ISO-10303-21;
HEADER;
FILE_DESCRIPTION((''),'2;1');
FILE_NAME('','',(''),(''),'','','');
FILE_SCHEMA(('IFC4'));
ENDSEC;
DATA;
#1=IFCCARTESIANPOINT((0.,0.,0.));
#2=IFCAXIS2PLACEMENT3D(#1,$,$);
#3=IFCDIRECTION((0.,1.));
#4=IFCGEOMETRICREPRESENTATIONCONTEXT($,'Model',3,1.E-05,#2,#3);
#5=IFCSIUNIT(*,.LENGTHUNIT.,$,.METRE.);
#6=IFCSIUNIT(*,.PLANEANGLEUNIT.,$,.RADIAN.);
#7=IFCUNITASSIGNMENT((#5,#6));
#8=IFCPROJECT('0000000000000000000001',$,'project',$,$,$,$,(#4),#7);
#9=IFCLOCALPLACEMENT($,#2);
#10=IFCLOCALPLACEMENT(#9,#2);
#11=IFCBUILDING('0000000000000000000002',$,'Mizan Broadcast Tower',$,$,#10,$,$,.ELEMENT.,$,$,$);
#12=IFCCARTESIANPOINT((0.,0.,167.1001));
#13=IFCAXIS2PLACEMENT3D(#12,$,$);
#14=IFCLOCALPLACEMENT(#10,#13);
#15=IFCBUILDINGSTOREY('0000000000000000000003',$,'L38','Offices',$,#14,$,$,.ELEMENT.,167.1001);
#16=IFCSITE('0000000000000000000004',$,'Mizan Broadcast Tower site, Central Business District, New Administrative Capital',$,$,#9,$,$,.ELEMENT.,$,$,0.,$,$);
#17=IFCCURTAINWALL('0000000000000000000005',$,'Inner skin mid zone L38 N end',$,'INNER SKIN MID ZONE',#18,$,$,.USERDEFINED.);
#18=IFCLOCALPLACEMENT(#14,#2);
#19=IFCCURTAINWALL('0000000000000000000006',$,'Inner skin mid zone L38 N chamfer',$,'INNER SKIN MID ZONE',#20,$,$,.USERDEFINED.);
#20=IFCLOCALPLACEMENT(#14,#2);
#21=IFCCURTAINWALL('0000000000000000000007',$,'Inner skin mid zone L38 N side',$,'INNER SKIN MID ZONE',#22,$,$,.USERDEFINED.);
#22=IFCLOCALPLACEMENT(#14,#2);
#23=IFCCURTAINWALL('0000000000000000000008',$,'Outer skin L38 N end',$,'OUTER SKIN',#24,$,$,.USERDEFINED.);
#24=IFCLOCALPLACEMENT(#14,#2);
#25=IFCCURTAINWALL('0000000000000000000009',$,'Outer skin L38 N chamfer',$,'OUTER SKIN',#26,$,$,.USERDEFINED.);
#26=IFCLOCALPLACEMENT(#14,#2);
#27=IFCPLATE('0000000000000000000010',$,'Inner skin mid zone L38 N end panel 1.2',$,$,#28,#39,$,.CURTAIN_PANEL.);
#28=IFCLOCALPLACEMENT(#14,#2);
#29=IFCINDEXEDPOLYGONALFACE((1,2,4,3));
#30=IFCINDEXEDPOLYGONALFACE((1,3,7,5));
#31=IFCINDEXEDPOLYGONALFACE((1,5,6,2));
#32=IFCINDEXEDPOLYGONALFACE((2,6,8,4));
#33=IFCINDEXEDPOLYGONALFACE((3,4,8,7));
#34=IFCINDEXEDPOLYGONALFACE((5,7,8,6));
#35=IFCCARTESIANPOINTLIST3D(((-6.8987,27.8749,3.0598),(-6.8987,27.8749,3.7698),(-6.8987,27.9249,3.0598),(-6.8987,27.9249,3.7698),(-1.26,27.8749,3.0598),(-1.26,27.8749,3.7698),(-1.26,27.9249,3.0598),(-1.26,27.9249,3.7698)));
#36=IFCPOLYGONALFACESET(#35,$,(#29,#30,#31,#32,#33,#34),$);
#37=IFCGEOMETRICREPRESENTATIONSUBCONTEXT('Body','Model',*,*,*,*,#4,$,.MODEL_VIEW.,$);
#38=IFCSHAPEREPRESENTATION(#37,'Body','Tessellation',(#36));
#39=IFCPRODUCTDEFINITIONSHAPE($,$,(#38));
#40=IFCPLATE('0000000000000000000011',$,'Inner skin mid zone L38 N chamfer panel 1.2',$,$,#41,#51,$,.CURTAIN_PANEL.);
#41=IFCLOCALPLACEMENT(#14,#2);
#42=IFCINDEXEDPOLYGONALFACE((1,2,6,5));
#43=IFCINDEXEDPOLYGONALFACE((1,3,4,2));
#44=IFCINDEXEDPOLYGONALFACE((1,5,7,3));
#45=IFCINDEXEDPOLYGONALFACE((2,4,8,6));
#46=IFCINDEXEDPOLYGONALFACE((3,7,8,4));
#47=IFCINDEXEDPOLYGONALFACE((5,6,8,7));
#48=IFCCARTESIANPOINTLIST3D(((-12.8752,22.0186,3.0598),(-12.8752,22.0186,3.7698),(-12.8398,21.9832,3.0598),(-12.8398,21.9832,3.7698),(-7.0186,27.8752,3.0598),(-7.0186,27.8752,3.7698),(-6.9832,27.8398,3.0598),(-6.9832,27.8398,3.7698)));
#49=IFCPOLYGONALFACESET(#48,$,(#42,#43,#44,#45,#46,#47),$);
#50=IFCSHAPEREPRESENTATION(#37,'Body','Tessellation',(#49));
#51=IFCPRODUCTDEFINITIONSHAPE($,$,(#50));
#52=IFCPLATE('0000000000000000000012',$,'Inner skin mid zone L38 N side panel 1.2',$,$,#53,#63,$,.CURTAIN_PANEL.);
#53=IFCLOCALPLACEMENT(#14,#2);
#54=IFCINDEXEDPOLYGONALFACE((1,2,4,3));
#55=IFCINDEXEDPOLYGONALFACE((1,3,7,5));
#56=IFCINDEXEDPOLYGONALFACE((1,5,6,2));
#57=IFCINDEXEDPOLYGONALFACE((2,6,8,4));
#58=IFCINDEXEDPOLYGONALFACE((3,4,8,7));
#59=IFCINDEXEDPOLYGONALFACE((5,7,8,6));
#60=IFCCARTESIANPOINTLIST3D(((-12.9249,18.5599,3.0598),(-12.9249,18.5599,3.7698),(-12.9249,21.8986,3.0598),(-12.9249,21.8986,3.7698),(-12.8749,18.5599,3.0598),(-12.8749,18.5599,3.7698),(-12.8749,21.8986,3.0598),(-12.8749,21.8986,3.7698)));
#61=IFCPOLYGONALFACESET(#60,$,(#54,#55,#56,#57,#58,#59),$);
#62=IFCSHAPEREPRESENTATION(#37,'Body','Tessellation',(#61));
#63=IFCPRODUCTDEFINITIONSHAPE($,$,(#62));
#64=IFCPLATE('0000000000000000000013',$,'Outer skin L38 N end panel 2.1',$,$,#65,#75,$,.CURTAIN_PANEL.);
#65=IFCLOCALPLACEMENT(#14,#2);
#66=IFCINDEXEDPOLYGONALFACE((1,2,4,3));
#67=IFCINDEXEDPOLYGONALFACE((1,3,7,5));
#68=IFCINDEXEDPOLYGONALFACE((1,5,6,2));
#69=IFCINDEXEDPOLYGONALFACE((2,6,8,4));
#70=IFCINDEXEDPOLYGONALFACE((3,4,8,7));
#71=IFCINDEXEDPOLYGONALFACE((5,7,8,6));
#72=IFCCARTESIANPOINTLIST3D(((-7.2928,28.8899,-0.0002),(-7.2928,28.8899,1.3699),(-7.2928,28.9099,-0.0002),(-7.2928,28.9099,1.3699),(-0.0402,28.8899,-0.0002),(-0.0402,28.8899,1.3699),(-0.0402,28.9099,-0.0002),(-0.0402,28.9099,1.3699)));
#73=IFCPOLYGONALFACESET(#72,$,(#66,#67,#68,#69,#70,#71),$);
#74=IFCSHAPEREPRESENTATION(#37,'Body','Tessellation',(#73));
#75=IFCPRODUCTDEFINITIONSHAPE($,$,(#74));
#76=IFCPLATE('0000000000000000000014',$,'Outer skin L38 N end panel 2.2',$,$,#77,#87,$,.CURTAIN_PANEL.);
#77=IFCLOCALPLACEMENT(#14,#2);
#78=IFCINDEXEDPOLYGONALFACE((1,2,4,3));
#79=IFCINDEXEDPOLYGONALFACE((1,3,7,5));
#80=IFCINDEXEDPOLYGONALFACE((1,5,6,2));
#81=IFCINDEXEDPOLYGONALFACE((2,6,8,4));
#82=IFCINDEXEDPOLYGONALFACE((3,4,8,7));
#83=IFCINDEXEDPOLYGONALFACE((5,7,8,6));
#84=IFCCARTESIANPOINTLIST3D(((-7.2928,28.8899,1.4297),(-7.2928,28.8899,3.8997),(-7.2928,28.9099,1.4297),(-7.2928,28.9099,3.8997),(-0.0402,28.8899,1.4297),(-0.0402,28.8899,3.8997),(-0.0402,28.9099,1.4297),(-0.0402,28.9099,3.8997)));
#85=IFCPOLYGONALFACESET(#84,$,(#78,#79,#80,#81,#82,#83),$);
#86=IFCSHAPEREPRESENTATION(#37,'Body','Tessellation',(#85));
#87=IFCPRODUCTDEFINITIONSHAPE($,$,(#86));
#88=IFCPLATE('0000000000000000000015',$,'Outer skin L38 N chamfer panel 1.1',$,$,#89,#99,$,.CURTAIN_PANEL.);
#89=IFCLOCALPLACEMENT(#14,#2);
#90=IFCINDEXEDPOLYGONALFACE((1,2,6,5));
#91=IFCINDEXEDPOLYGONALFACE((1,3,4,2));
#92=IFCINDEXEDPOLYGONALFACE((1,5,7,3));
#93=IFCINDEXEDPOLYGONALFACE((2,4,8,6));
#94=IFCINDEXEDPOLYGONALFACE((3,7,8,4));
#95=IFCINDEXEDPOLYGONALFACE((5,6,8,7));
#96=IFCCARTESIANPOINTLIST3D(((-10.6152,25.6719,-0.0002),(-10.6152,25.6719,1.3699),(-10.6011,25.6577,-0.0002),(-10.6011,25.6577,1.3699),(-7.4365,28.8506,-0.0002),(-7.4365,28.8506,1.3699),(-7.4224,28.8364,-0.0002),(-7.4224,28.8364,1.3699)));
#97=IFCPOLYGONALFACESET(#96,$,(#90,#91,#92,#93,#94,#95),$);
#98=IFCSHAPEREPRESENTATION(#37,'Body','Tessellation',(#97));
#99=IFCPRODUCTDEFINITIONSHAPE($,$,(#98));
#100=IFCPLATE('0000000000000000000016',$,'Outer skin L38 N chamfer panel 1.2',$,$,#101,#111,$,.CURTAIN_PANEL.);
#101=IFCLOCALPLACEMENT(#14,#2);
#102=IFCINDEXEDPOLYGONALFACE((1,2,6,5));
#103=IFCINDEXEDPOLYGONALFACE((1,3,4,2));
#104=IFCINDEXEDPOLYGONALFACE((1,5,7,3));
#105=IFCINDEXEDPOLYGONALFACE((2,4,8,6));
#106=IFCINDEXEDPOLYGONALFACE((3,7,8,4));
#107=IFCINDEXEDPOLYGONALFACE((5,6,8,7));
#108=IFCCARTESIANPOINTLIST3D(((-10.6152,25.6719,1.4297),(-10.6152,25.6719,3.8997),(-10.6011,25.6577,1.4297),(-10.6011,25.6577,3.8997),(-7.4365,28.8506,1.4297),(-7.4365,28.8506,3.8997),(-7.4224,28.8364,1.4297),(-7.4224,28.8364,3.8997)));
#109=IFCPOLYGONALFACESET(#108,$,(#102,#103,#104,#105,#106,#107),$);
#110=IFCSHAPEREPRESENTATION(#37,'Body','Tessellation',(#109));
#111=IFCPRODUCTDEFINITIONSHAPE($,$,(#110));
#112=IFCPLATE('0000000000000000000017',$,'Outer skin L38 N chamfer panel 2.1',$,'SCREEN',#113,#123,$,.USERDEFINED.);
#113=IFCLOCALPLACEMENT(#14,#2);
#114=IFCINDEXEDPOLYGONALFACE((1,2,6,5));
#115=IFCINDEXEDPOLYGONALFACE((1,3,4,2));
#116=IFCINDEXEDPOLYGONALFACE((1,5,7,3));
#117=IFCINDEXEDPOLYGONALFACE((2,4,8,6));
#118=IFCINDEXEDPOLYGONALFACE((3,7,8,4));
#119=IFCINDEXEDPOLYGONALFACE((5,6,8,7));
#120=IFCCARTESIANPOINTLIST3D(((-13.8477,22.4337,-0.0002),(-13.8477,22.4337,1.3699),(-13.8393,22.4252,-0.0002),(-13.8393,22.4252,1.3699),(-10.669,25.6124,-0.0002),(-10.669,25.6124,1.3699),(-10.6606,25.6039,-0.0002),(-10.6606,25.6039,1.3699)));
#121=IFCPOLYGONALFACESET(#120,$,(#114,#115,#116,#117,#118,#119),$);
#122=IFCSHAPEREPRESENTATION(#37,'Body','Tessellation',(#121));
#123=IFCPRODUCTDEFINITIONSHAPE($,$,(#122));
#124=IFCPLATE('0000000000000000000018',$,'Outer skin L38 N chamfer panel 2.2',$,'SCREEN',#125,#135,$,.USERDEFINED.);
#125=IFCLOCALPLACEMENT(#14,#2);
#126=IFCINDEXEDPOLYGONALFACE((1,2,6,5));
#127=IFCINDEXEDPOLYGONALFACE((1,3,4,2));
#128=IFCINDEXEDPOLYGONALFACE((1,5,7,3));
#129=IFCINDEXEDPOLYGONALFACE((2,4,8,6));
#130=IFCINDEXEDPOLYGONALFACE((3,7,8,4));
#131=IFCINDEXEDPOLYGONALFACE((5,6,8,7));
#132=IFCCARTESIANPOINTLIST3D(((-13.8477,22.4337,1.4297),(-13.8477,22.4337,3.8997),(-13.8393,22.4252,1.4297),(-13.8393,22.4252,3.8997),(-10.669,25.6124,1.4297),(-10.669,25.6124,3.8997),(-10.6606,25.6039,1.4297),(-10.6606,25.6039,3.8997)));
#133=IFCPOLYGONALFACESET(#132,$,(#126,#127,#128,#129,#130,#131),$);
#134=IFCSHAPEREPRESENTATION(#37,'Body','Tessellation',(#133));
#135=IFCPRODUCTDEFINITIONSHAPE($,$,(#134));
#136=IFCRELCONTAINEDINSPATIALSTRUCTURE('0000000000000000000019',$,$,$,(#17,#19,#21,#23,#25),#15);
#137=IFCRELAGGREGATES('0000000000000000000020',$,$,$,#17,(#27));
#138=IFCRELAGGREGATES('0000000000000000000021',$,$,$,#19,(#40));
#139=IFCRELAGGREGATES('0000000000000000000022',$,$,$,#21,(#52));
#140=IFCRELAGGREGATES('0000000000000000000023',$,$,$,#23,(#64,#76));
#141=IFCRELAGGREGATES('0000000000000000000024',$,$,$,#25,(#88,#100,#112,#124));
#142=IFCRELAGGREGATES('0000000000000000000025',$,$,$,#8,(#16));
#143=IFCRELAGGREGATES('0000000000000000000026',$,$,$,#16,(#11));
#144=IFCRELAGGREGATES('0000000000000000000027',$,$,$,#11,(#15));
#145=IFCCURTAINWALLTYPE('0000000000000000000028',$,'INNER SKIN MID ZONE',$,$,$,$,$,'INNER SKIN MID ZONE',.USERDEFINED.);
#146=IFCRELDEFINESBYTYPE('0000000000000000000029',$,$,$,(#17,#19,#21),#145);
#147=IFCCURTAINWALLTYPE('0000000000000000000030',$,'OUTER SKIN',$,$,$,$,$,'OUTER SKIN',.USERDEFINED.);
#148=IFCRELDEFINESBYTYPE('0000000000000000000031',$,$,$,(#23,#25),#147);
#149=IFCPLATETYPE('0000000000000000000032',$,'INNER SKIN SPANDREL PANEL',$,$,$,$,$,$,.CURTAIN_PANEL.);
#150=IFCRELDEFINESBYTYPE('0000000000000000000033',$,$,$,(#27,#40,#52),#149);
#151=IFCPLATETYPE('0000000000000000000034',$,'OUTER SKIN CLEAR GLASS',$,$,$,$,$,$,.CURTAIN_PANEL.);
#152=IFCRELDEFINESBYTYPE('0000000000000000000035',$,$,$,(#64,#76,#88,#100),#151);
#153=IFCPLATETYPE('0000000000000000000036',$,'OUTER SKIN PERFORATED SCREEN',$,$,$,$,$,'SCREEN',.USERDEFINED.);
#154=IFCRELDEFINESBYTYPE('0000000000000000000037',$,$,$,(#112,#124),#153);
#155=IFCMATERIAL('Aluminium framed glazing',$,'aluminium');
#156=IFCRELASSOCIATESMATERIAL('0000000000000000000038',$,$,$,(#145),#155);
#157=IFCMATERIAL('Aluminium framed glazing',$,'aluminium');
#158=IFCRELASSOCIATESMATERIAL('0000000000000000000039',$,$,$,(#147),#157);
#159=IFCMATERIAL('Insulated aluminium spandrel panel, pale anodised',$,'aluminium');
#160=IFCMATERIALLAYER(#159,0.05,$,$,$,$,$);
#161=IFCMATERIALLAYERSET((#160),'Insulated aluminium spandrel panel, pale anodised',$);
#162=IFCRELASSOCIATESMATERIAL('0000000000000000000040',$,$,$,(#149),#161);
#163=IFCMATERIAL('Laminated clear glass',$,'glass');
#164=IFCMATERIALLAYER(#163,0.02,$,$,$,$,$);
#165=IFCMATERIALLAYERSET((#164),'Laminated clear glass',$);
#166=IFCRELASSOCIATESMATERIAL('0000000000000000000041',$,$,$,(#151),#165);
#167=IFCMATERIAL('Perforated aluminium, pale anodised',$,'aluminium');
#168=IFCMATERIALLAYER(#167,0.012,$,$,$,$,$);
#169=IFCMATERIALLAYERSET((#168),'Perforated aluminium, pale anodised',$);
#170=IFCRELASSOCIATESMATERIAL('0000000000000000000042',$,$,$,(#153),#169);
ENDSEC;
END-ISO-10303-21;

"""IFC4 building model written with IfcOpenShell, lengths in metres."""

from ifc_helpers import new_model, si_unit, direction, frame, origin, origin_2d, place, context, subcontext, project, spatial, rectangle, extrude, material, layer, layer_set, type_object, element, aggregate, save


model = new_model("IFC4")

# Units and contexts
model_context = context("Model", 3, precision=1e-05, world=origin(), true_north=direction((0.0, 1.0)))
body_context = subcontext(model_context, "Body", "Model", "MODEL_VIEW")
ifc_project = project(units=[si_unit("LENGTHUNIT", "METRE"), si_unit("PLANEANGLEUNIT", "RADIAN")], contexts=[model_context])

# Site, building, storey
site_placement = place(None, origin())
site = spatial("IfcSite", under=ifc_project, at=site_placement, Name="Mizan Broadcast Tower site, Central Business District, New Administrative Capital", CompositionType="ELEMENT", RefElevation=0.0)
building_placement = place(site_placement, origin())
building = spatial("IfcBuilding", under=site, at=building_placement, Name="Mizan Broadcast Tower", CompositionType="ELEMENT")
storey_placement = place(building_placement, frame((0.0, 0.0, 167.1001)))
storey = spatial("IfcBuildingStorey", under=building, at=storey_placement, Name="L38", Description="Offices", CompositionType="ELEMENT", Elevation=167.1001)

# Curtain wall
ifc_material_1 = material(Name="Aluminium framed glazing", Category="aluminium")
curtain_wall_type_1 = type_object("IfcCurtainWallType", Name="INNER SKIN MID ZONE", ElementType="INNER SKIN MID ZONE", PredefinedType="USERDEFINED", material=ifc_material_1)
curtain_wall_1_placement = place(storey_placement, origin())
curtain_wall_1 = element("IfcCurtainWall", 1, at=curtain_wall_1_placement, inside=storey, type_object=curtain_wall_type_1, Name="Inner skin mid zone L38 N end", ObjectType="INNER SKIN MID ZONE", PredefinedType="USERDEFINED")

# Curtain wall
curtain_wall_2_placement = place(storey_placement, origin())
curtain_wall_2 = element("IfcCurtainWall", 2, at=curtain_wall_2_placement, inside=storey, type_object=curtain_wall_type_1, Name="Inner skin mid zone L38 N chamfer", ObjectType="INNER SKIN MID ZONE", PredefinedType="USERDEFINED")

# Curtain walls
curtain_wall_3_placement = place(storey_placement, origin())
curtain_wall_3 = element("IfcCurtainWall", 3, at=curtain_wall_3_placement, inside=storey, type_object=curtain_wall_type_1, Name="Inner skin mid zone L38 N side", ObjectType="INNER SKIN MID ZONE", PredefinedType="USERDEFINED")
ifc_material_2 = material(Name="Aluminium framed glazing", Category="aluminium")
curtain_wall_type_2 = type_object("IfcCurtainWallType", Name="OUTER SKIN", ElementType="OUTER SKIN", PredefinedType="USERDEFINED", material=ifc_material_2)
curtain_wall_4_placement = place(storey_placement, origin())
curtain_wall_4 = element("IfcCurtainWall", 4, at=curtain_wall_4_placement, inside=storey, type_object=curtain_wall_type_2, Name="Outer skin L38 N end", ObjectType="OUTER SKIN", PredefinedType="USERDEFINED")
curtain_wall_5_placement = place(storey_placement, origin())
curtain_wall_5 = element("IfcCurtainWall", 5, at=curtain_wall_5_placement, inside=storey, type_object=curtain_wall_type_2, Name="Outer skin L38 N chamfer", ObjectType="OUTER SKIN", PredefinedType="USERDEFINED")

# Plates
ifc_material_3 = material(Name="Insulated aluminium spandrel panel, pale anodised", Category="aluminium")
ifc_layer_1 = layer(ifc_material_3, 0.05)
ifc_layer_set_1 = layer_set([ifc_layer_1], Name="Insulated aluminium spandrel panel, pale anodised")
plate_type_1 = type_object("IfcPlateType", Name="INNER SKIN SPANDREL PANEL", PredefinedType="CURTAIN_PANEL", material=ifc_layer_set_1)
plate_1_placement = place(storey_placement, frame((-4.0793, 27.8999, 3.0598), z_axis=(0.0, 0.0, 1.0), x_axis=(-1.0, 0.0, 0.0)))
plate_1 = element("IfcPlate", 6, at=plate_1_placement, type_object=plate_type_1, Name="Inner skin mid zone L38 N end panel 1.2", PredefinedType="CURTAIN_PANEL", context=body_context, shape_type="SweptSolid", body=[
    extrude(rectangle(XDim=5.6387, YDim=0.05, at=origin_2d()), origin(), (0.0, 0.0, 1.0), 0.71),
])
aggregate(curtain_wall_1, [plate_1])
plate_2_placement = place(storey_placement, frame((-9.9292, 24.9292, 3.0598), z_axis=(0.0, 0.0, 1.0), x_axis=(-0.707107, -0.707107, 0.0)))
plate_2 = element("IfcPlate", 7, at=plate_2_placement, type_object=plate_type_1, Name="Inner skin mid zone L38 N chamfer panel 1.2", PredefinedType="CURTAIN_PANEL", context=body_context, shape_type="SweptSolid", body=[
    extrude(rectangle(XDim=8.2825, YDim=0.05, at=origin_2d()), origin(), (0.0, 0.0, 1.0), 0.71),
])
aggregate(curtain_wall_2, [plate_2])
plate_3_placement = place(storey_placement, frame((-12.8999, 20.2292, 3.0598), z_axis=(0.0, 0.0, 1.0), x_axis=(0.0, -1.0, 0.0)))
plate_3 = element("IfcPlate", 8, at=plate_3_placement, type_object=plate_type_1, Name="Inner skin mid zone L38 N side panel 1.2", PredefinedType="CURTAIN_PANEL", context=body_context, shape_type="SweptSolid", body=[
    extrude(rectangle(XDim=3.3386, YDim=0.05, at=origin_2d()), origin(), (0.0, 0.0, 1.0), 0.71),
])
aggregate(curtain_wall_3, [plate_3])
ifc_material_4 = material(Name="Laminated clear glass", Category="glass")
ifc_layer_2 = layer(ifc_material_4, 0.02)
ifc_layer_set_2 = layer_set([ifc_layer_2], Name="Laminated clear glass")
plate_type_2 = type_object("IfcPlateType", Name="OUTER SKIN CLEAR GLASS", PredefinedType="CURTAIN_PANEL", material=ifc_layer_set_2)
plate_4_placement = place(storey_placement, frame((-3.6665, 28.8999, -0.0002), z_axis=(0.0, 0.0, 1.0), x_axis=(-1.0, 0.0, 0.0)))
plate_4 = element("IfcPlate", 9, at=plate_4_placement, type_object=plate_type_2, Name="Outer skin L38 N end panel 2.1", PredefinedType="CURTAIN_PANEL", context=body_context, shape_type="SweptSolid", body=[
    extrude(rectangle(XDim=7.2527, YDim=0.02, at=origin_2d()), origin(), (0.0, 0.0, 1.0), 1.3701),
])
plate_5_placement = place(storey_placement, frame((-3.6665, 28.8999, 1.4297), z_axis=(0.0, 0.0, 1.0), x_axis=(-1.0, 0.0, 0.0)))
plate_5 = element("IfcPlate", 10, at=plate_5_placement, type_object=plate_type_2, Name="Outer skin L38 N end panel 2.2", PredefinedType="CURTAIN_PANEL", context=body_context, shape_type="SweptSolid", body=[
    extrude(rectangle(XDim=7.2527, YDim=0.02, at=origin_2d()), origin(), (0.0, 0.0, 1.0), 2.47),
])
aggregate(curtain_wall_4, [plate_4, plate_5])
plate_6_placement = place(storey_placement, frame((-9.0188, 27.2542, -0.0002), z_axis=(0.0, 0.0, 1.0), x_axis=(-0.707107, -0.707107, 0.0)))
plate_6 = element("IfcPlate", 11, at=plate_6_placement, type_object=plate_type_2, Name="Outer skin L38 N chamfer panel 1.1", PredefinedType="CURTAIN_PANEL", context=body_context, shape_type="SweptSolid", body=[
    extrude(rectangle(XDim=4.4954, YDim=0.02, at=origin_2d()), origin(), (0.0, 0.0, 1.0), 1.3701),
])
plate_7_placement = place(storey_placement, frame((-9.0188, 27.2542, 1.4297), z_axis=(0.0, 0.0, 1.0), x_axis=(-0.707107, -0.707107, 0.0)))
plate_7 = element("IfcPlate", 12, at=plate_7_placement, type_object=plate_type_2, Name="Outer skin L38 N chamfer panel 1.2", PredefinedType="CURTAIN_PANEL", context=body_context, shape_type="SweptSolid", body=[
    extrude(rectangle(XDim=4.4954, YDim=0.02, at=origin_2d()), origin(), (0.0, 0.0, 1.0), 2.47),
])
ifc_material_5 = material(Name="Perforated aluminium, pale anodised", Category="aluminium")
ifc_layer_3 = layer(ifc_material_5, 0.012)
ifc_layer_set_3 = layer_set([ifc_layer_3], Name="Perforated aluminium, pale anodised")
plate_type_3 = type_object("IfcPlateType", Name="OUTER SKIN PERFORATED SCREEN", ElementType="SCREEN", PredefinedType="USERDEFINED", material=ifc_layer_set_3)
plate_8_placement = place(storey_placement, frame((-12.2542, 24.0188, -0.0002), z_axis=(0.0, 0.0, 1.0), x_axis=(-0.707107, -0.707107, 0.0)))
plate_8 = element("IfcPlate", 13, at=plate_8_placement, type_object=plate_type_3, Name="Outer skin L38 N chamfer panel 2.1", ObjectType="SCREEN", PredefinedType="USERDEFINED", context=body_context, shape_type="SweptSolid", body=[
    extrude(rectangle(XDim=4.4954, YDim=0.012, at=origin_2d()), origin(), (0.0, 0.0, 1.0), 1.3701),
])
plate_9_placement = place(storey_placement, frame((-12.2542, 24.0188, 1.4297), z_axis=(0.0, 0.0, 1.0), x_axis=(-0.707107, -0.707107, 0.0)))
plate_9 = element("IfcPlate", 14, at=plate_9_placement, type_object=plate_type_3, Name="Outer skin L38 N chamfer panel 2.2", ObjectType="SCREEN", PredefinedType="USERDEFINED", context=body_context, shape_type="SweptSolid", body=[
    extrude(rectangle(XDim=4.4954, YDim=0.012, at=origin_2d()), origin(), (0.0, 0.0, 1.0), 2.47),
])
aggregate(curtain_wall_5, [plate_6, plate_7, plate_8, plate_9])

save(model, "model.ifc")
